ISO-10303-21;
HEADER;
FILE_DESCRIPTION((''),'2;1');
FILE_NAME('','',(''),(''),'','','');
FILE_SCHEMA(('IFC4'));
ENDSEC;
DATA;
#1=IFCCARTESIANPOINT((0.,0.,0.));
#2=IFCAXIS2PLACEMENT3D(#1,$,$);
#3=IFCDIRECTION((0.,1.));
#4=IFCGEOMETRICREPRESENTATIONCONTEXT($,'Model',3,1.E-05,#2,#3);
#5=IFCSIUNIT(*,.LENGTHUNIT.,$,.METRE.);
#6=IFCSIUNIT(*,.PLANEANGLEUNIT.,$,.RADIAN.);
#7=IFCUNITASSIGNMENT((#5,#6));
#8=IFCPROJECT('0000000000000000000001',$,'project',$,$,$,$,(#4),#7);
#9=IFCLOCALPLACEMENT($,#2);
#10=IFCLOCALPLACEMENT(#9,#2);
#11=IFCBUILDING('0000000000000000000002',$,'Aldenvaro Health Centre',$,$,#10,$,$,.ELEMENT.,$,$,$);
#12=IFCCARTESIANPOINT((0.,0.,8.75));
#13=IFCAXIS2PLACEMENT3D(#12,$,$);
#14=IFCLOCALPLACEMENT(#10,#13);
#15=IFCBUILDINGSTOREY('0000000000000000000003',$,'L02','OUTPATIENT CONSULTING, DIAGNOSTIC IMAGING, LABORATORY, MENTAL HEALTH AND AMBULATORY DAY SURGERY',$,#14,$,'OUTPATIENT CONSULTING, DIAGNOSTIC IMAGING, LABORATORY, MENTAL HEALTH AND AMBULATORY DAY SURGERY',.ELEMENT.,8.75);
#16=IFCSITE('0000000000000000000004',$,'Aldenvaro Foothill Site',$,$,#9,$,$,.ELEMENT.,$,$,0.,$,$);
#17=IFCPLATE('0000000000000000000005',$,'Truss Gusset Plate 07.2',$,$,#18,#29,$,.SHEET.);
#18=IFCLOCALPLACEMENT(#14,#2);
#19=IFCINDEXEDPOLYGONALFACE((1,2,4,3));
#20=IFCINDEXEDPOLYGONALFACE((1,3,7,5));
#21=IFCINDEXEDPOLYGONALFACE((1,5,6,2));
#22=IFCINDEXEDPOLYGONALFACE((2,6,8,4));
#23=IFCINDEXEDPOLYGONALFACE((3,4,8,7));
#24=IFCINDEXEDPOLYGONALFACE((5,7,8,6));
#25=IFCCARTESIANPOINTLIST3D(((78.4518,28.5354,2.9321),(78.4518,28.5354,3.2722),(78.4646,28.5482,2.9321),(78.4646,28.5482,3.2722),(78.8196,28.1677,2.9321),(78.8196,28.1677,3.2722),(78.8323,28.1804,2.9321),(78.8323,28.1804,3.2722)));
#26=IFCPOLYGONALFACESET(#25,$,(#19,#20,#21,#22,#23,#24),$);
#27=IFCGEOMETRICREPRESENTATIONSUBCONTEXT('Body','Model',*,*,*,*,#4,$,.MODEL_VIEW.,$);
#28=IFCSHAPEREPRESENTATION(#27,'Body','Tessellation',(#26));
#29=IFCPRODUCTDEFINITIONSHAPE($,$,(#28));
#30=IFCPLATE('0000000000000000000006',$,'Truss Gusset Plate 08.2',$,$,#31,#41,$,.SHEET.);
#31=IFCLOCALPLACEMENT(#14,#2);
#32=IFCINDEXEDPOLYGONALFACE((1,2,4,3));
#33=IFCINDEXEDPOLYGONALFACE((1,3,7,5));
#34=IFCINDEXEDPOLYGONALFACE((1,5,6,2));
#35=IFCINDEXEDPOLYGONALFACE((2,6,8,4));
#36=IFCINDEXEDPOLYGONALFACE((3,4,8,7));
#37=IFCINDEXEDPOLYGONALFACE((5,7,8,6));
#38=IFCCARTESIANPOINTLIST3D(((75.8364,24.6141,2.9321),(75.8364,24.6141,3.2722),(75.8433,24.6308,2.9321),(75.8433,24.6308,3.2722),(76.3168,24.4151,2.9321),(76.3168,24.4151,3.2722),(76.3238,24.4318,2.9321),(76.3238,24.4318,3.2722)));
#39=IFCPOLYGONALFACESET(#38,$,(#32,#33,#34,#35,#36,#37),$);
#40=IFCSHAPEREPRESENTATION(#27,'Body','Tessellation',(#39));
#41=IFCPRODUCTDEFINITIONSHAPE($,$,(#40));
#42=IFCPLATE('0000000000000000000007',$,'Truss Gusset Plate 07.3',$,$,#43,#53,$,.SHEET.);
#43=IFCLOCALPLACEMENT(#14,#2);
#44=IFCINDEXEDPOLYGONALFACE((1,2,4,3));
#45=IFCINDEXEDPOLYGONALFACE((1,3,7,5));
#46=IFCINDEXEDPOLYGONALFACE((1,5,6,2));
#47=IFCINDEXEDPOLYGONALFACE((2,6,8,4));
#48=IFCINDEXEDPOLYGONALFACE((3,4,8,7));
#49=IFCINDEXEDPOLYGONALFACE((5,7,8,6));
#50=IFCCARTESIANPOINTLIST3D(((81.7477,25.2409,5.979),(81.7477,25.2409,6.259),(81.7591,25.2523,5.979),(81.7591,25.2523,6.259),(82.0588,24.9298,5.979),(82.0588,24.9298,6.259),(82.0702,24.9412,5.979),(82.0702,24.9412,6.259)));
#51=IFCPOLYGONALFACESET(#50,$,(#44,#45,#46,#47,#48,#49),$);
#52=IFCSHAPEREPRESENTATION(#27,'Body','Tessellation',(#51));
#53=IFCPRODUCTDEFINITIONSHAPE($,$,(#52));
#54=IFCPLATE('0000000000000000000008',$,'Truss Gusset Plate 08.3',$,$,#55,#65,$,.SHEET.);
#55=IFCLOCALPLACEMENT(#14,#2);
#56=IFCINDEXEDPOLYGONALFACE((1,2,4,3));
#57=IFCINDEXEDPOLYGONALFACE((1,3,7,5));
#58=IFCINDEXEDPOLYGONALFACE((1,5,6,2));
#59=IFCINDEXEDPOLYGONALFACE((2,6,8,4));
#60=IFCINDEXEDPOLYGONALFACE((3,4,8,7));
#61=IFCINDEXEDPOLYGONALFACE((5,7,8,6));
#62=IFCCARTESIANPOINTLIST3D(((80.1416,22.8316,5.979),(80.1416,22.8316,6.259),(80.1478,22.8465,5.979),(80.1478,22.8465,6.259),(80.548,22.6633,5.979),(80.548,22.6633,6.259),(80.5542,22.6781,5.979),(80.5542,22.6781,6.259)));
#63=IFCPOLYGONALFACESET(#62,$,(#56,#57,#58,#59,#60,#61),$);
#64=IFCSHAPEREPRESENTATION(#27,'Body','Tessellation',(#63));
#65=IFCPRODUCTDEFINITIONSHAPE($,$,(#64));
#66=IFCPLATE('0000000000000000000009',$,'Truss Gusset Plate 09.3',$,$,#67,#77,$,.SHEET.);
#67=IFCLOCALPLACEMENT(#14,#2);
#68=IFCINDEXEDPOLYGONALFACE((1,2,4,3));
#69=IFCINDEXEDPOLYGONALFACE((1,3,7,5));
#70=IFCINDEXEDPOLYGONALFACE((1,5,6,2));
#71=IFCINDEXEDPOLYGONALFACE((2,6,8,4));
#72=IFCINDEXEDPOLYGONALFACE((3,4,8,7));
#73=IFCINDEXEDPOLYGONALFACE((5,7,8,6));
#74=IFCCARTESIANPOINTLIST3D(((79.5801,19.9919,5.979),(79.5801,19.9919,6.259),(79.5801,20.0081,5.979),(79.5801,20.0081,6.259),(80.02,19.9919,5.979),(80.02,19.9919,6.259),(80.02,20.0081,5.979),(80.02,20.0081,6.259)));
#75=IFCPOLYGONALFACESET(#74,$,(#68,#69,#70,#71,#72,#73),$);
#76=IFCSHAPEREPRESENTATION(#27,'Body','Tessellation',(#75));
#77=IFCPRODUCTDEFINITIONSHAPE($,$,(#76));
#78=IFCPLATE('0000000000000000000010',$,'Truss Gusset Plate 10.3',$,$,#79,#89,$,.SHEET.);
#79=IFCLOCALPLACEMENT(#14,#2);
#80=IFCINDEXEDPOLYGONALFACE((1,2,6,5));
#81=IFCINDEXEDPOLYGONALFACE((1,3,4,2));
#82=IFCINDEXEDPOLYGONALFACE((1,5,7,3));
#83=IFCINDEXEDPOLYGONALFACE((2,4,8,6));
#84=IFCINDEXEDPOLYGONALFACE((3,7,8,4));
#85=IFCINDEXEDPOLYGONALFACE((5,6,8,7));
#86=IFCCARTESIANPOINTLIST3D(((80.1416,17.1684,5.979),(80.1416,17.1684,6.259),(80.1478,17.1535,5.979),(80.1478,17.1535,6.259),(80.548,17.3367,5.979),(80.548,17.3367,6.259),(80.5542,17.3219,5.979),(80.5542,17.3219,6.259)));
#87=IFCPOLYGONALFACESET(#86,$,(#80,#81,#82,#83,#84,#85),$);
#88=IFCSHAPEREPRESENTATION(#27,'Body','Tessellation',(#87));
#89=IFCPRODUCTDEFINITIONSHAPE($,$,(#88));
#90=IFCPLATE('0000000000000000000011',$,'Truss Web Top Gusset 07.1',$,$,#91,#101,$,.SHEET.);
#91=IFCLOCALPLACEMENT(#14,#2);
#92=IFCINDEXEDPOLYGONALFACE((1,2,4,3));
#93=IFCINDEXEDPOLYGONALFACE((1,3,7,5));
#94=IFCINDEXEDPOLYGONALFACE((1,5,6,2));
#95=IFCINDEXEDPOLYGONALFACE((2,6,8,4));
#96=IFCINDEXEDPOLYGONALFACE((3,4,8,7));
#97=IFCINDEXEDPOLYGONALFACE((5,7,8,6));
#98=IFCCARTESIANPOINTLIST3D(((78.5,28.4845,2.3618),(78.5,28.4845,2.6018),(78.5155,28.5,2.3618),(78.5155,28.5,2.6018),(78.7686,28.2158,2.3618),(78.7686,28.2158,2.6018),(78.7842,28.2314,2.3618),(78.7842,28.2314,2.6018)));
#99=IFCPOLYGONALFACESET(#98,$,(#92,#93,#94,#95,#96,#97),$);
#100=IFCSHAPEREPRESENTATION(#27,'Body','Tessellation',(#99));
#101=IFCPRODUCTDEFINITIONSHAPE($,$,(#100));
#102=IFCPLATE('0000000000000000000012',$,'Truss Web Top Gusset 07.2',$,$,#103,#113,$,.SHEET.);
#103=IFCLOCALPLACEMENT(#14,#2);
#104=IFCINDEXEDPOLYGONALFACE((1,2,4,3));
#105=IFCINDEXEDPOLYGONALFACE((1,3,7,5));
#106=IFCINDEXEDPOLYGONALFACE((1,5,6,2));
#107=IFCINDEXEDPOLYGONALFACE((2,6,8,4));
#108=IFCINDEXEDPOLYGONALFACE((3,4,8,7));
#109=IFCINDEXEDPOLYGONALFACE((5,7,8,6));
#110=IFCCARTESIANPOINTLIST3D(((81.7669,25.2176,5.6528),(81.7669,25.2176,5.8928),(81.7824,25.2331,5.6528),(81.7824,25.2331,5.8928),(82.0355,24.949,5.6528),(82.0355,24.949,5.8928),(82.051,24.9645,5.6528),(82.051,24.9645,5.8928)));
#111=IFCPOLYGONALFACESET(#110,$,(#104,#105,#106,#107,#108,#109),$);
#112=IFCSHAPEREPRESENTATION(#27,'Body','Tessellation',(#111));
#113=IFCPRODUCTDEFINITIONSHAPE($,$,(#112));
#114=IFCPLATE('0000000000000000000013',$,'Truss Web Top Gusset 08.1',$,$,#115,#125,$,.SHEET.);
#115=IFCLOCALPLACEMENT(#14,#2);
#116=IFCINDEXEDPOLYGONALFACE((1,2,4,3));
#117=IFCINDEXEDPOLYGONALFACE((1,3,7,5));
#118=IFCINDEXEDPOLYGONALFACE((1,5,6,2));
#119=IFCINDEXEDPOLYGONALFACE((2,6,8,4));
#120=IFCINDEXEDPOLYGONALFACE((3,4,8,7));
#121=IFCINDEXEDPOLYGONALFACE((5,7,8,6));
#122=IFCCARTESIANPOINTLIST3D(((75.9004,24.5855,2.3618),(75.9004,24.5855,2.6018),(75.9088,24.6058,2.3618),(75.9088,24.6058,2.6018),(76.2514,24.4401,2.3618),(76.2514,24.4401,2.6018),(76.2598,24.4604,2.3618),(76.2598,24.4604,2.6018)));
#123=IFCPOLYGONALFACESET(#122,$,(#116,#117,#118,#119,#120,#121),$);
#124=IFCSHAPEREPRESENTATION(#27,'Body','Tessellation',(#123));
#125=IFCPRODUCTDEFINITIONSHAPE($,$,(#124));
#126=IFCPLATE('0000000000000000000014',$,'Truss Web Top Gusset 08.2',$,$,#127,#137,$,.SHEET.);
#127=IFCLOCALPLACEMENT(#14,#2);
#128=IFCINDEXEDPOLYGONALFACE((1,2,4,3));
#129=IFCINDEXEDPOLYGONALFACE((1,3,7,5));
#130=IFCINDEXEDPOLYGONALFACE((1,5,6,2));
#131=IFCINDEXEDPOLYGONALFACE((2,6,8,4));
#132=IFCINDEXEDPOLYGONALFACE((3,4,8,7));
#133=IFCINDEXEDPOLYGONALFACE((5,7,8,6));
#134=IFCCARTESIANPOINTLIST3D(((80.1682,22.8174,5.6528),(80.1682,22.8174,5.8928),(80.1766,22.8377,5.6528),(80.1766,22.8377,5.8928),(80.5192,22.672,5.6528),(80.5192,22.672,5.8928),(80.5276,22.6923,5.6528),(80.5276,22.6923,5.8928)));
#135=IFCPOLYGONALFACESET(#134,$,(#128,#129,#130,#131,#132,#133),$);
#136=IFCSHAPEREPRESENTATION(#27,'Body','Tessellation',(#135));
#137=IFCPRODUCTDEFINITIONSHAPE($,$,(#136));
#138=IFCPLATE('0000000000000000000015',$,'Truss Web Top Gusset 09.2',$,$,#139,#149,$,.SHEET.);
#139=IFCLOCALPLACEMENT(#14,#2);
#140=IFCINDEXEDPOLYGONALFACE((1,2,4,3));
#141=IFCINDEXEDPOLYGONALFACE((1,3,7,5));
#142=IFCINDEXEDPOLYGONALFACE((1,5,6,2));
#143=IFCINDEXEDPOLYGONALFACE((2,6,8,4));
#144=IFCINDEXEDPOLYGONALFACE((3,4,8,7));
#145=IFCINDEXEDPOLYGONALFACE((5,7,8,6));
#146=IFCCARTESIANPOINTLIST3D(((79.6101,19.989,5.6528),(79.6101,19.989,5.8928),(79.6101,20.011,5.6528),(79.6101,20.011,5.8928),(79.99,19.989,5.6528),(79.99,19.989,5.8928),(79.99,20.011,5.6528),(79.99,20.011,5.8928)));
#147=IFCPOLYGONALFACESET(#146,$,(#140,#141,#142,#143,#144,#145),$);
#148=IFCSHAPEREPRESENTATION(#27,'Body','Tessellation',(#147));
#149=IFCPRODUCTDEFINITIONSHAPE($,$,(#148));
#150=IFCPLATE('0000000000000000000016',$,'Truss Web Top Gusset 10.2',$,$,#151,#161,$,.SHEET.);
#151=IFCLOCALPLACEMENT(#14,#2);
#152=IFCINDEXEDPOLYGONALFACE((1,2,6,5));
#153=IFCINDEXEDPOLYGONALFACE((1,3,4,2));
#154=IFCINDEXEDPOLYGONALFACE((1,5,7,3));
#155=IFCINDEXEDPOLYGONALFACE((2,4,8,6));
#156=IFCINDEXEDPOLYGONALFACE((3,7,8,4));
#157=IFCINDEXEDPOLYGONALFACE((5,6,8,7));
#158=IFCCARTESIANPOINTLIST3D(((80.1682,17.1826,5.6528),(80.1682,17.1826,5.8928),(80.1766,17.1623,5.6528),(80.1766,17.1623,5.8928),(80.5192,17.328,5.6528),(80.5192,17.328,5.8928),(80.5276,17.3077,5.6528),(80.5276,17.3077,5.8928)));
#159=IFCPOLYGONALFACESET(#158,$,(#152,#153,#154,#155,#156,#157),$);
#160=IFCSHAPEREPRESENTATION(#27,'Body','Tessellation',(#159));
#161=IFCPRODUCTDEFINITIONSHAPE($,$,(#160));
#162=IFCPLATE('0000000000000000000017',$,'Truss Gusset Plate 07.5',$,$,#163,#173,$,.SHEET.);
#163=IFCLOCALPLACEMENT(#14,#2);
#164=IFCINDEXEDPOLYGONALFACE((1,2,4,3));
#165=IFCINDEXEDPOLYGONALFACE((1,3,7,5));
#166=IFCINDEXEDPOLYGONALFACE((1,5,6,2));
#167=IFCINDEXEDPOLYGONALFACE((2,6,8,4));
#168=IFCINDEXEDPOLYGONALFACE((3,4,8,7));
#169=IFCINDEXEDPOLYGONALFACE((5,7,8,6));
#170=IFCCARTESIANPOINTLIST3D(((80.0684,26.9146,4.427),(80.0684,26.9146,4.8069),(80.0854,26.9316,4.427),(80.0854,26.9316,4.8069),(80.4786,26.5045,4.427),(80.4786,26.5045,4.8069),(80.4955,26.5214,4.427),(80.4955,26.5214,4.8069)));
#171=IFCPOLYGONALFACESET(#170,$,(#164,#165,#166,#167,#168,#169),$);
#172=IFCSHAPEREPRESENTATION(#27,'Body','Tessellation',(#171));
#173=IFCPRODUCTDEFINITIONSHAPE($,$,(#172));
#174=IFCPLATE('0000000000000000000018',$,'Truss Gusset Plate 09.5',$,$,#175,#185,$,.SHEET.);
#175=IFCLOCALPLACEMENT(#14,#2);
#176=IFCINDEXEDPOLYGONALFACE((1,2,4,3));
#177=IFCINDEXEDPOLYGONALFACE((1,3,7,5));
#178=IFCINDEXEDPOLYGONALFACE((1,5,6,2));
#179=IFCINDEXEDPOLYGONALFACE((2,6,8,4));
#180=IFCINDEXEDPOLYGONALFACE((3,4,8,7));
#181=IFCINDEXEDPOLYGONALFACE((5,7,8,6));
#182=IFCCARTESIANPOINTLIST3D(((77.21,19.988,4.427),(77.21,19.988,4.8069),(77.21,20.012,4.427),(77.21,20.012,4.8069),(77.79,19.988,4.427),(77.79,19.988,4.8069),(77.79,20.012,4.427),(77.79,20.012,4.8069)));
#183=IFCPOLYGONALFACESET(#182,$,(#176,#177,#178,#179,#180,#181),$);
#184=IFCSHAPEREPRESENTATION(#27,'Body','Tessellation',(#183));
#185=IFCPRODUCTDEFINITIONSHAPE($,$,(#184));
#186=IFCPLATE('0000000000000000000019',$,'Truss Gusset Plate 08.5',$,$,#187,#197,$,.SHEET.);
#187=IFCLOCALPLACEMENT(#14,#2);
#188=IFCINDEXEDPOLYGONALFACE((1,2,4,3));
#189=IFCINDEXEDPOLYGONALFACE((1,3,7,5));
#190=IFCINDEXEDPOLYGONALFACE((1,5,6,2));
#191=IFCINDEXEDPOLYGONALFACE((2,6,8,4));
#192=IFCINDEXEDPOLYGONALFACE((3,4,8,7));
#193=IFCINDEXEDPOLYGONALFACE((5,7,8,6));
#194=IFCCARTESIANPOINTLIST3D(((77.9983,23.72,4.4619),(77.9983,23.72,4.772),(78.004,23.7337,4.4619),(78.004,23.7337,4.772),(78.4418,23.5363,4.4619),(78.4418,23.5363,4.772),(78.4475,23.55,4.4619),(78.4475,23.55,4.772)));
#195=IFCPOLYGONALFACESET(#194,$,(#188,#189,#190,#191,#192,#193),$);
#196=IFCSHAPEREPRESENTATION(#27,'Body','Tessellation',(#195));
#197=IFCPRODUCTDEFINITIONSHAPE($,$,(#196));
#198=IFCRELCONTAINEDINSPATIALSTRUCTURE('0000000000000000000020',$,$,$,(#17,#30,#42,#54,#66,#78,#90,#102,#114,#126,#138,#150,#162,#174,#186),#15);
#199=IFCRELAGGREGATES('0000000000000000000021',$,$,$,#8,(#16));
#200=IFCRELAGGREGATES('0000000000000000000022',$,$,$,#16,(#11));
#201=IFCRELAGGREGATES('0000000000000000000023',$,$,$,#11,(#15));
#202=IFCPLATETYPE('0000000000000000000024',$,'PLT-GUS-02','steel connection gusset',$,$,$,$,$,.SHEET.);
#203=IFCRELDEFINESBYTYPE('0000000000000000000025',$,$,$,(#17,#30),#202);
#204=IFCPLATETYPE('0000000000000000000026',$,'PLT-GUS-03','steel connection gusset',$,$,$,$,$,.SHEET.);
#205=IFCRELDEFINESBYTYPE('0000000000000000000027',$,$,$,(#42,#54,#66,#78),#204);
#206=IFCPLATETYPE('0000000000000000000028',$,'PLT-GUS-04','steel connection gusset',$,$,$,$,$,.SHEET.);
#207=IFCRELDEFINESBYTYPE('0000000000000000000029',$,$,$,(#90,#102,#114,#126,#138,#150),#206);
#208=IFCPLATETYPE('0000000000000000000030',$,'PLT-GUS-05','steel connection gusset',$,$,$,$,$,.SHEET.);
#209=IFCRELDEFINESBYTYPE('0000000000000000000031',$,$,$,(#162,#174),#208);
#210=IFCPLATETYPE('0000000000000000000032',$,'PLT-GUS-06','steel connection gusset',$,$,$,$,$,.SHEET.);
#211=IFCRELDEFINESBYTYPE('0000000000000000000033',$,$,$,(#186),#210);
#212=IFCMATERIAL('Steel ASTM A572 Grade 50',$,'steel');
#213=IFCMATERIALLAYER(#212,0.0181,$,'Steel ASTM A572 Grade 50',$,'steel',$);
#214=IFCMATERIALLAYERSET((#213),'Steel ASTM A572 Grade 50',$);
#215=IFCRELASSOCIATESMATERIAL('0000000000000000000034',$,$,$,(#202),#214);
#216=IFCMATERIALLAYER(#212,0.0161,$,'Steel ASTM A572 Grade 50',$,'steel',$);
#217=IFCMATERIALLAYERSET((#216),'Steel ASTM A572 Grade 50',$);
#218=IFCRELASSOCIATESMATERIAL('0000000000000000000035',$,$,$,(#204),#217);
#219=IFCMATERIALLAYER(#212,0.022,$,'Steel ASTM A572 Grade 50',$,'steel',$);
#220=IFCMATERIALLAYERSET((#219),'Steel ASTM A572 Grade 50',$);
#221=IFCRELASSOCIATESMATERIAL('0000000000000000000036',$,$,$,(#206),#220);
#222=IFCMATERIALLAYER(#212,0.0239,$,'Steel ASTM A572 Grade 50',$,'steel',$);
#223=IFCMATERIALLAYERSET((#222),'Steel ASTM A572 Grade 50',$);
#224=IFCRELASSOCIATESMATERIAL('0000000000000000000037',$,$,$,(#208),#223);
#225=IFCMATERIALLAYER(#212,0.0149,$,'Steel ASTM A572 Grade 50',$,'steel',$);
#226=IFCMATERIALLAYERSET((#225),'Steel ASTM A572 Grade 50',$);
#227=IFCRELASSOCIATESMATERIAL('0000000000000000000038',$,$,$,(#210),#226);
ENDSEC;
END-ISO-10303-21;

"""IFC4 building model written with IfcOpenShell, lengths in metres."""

from ifc_helpers import new_model, si_unit, direction, frame, origin, origin_2d, place, context, subcontext, project, spatial, rectangle, extrude, material, layer, layer_set, type_object, element, save


model = new_model("IFC4")

# Units and contexts
model_context = context("Model", 3, precision=1e-05, world=origin(), true_north=direction((0.0, 1.0)))
body_context = subcontext(model_context, "Body", "Model", "MODEL_VIEW")
ifc_project = project(units=[si_unit("LENGTHUNIT", "METRE"), si_unit("PLANEANGLEUNIT", "RADIAN")], contexts=[model_context])

# Site, building, storey
site_placement = place(None, origin())
site = spatial("IfcSite", under=ifc_project, at=site_placement, Name="Aldenvaro Foothill Site", CompositionType="ELEMENT", RefElevation=0.0)
building_placement = place(site_placement, origin())
building = spatial("IfcBuilding", under=site, at=building_placement, Name="Aldenvaro Health Centre", CompositionType="ELEMENT")
storey_placement = place(building_placement, frame((0.0, 0.0, 8.75)))
storey = spatial("IfcBuildingStorey", under=building, at=storey_placement, Name="L02", Description="OUTPATIENT CONSULTING, DIAGNOSTIC IMAGING, LABORATORY, MENTAL HEALTH AND AMBULATORY DAY SURGERY", LongName="OUTPATIENT CONSULTING, DIAGNOSTIC IMAGING, LABORATORY, MENTAL HEALTH AND AMBULATORY DAY SURGERY", CompositionType="ELEMENT", Elevation=8.75)

# Plates
ifc_material_1 = material(Name="Steel ASTM A572 Grade 50", Category="steel")
ifc_layer_1 = layer(ifc_material_1, 0.0181, Name="Steel ASTM A572 Grade 50", Category="steel")
ifc_layer_set_1 = layer_set([ifc_layer_1], Name="Steel ASTM A572 Grade 50")
plate_type_1 = type_object("IfcPlateType", Name="PLT-GUS-02", Description="steel connection gusset", PredefinedType="SHEET", material=ifc_layer_set_1)
for number, where, z_axis, x_axis, name in (
    (1, (78.6421, 28.3579, 2.9321), (0.0, 0.0, 1.0), (-0.707107, 0.707107, 0.0), "Truss Gusset Plate 07.2"),
    (2, (76.0801, 24.5229, 2.9321), (0.0, 0.0, 1.0), (-0.92388, 0.382683, 0.0), "Truss Gusset Plate 08.2"),
):
    element("IfcPlate", number, at=place(storey_placement, frame(where, z_axis=z_axis, x_axis=x_axis)), inside=storey, type_object=plate_type_1, Name=name, PredefinedType="SHEET", context=body_context, shape_type="SweptSolid", body=[
        extrude(rectangle(XDim=0.52, YDim=0.0181, at=origin_2d()), origin(), (0.0, 0.0, 1.0), 0.3401),
    ])
ifc_layer_2 = layer(ifc_material_1, 0.0161, Name="Steel ASTM A572 Grade 50", Category="steel")
ifc_layer_set_2 = layer_set([ifc_layer_2], Name="Steel ASTM A572 Grade 50")
plate_type_2 = type_object("IfcPlateType", Name="PLT-GUS-03", Description="steel connection gusset", PredefinedType="SHEET", material=ifc_layer_set_2)
for number, where, z_axis, x_axis, name in (
    (3, (81.9089, 25.0911, 5.979), (0.0, 0.0, 1.0), (-0.707107, 0.707107, 0.0), "Truss Gusset Plate 07.3"),
    (4, (80.3479, 22.7549, 5.979), (0.0, 0.0, 1.0), (-0.92388, 0.382683, 0.0), "Truss Gusset Plate 08.3"),
    (5, (79.8, 20.0, 5.979), (0.0, 0.0, 1.0), (-1.0, 0.0, 0.0), "Truss Gusset Plate 09.3"),
    (6, (80.3479, 17.2451, 5.979), (0.0, 0.0, 1.0), (-0.92388, -0.382683, 0.0), "Truss Gusset Plate 10.3"),
):
    element("IfcPlate", number, at=place(storey_placement, frame(where, z_axis=z_axis, x_axis=x_axis)), inside=storey, type_object=plate_type_2, Name=name, PredefinedType="SHEET", context=body_context, shape_type="SweptSolid", body=[
        extrude(rectangle(XDim=0.4399, YDim=0.0161, at=origin_2d()), origin(), (0.0, 0.0, 1.0), 0.28),
    ])
ifc_layer_3 = layer(ifc_material_1, 0.022, Name="Steel ASTM A572 Grade 50", Category="steel")
ifc_layer_set_3 = layer_set([ifc_layer_3], Name="Steel ASTM A572 Grade 50")
plate_type_3 = type_object("IfcPlateType", Name="PLT-GUS-04", Description="steel connection gusset", PredefinedType="SHEET", material=ifc_layer_set_3)
for number, where, z_axis, x_axis, name in (
    (7, (78.6421, 28.3579, 2.3618), (0.0, 0.0, 1.0), (-0.707107, 0.707107, 0.0), "Truss Web Top Gusset 07.1"),
    (8, (81.9089, 25.0911, 5.6528), (0.0, 0.0, 1.0), (-0.707107, 0.707107, 0.0), "Truss Web Top Gusset 07.2"),
    (9, (76.0801, 24.5229, 2.3618), (0.0, 0.0, 1.0), (-0.92388, 0.382683, 0.0), "Truss Web Top Gusset 08.1"),
    (10, (80.3479, 22.7549, 5.6528), (0.0, 0.0, 1.0), (-0.92388, 0.382683, 0.0), "Truss Web Top Gusset 08.2"),
    (11, (79.8, 20.0, 5.6528), (0.0, 0.0, 1.0), (-1.0, 0.0, 0.0), "Truss Web Top Gusset 09.2"),
    (12, (80.3479, 17.2451, 5.6528), (0.0, 0.0, 1.0), (-0.92388, -0.382683, 0.0), "Truss Web Top Gusset 10.2"),
):
    element("IfcPlate", number, at=place(storey_placement, frame(where, z_axis=z_axis, x_axis=x_axis)), inside=storey, type_object=plate_type_3, Name=name, PredefinedType="SHEET", context=body_context, shape_type="SweptSolid", body=[
        extrude(rectangle(XDim=0.3799, YDim=0.022, at=origin_2d()), origin(), (0.0, 0.0, 1.0), 0.24),
    ])
ifc_layer_4 = layer(ifc_material_1, 0.0239, Name="Steel ASTM A572 Grade 50", Category="steel")
ifc_layer_set_4 = layer_set([ifc_layer_4], Name="Steel ASTM A572 Grade 50")
plate_type_4 = type_object("IfcPlateType", Name="PLT-GUS-05", Description="steel connection gusset", PredefinedType="SHEET", material=ifc_layer_set_4)
for number, where, z_axis, x_axis, name in (
    (13, (80.282, 26.718, 4.427), (0.0, 0.0, 1.0), (-0.707107, 0.707107, 0.0), "Truss Gusset Plate 07.5"),
    (14, (77.5, 20.0, 4.427), (0.0, 0.0, 1.0), (-1.0, 0.0, 0.0), "Truss Gusset Plate 09.5"),
):
    element("IfcPlate", number, at=place(storey_placement, frame(where, z_axis=z_axis, x_axis=x_axis)), inside=storey, type_object=plate_type_4, Name=name, PredefinedType="SHEET", context=body_context, shape_type="SweptSolid", body=[
        extrude(rectangle(XDim=0.5801, YDim=0.0239, at=origin_2d()), origin(), (0.0, 0.0, 1.0), 0.3799),
    ])
ifc_layer_5 = layer(ifc_material_1, 0.0149, Name="Steel ASTM A572 Grade 50", Category="steel")
ifc_layer_set_5 = layer_set([ifc_layer_5], Name="Steel ASTM A572 Grade 50")
plate_type_5 = type_object("IfcPlateType", Name="PLT-GUS-06", Description="steel connection gusset", PredefinedType="SHEET", material=ifc_layer_set_5)
plate_placement = place(storey_placement, frame((78.2229, 23.635, 4.4619), z_axis=(0.0, 0.0, 1.0), x_axis=(-0.92388, 0.382683, 0.0)))
element("IfcPlate", 15, at=plate_placement, inside=storey, type_object=plate_type_5, Name="Truss Gusset Plate 08.5", PredefinedType="SHEET", context=body_context, shape_type="SweptSolid", body=[
    extrude(rectangle(XDim=0.48, YDim=0.0149, at=origin_2d()), origin(), (0.0, 0.0, 1.0), 0.3101),
])

save(model, "model.ifc")
